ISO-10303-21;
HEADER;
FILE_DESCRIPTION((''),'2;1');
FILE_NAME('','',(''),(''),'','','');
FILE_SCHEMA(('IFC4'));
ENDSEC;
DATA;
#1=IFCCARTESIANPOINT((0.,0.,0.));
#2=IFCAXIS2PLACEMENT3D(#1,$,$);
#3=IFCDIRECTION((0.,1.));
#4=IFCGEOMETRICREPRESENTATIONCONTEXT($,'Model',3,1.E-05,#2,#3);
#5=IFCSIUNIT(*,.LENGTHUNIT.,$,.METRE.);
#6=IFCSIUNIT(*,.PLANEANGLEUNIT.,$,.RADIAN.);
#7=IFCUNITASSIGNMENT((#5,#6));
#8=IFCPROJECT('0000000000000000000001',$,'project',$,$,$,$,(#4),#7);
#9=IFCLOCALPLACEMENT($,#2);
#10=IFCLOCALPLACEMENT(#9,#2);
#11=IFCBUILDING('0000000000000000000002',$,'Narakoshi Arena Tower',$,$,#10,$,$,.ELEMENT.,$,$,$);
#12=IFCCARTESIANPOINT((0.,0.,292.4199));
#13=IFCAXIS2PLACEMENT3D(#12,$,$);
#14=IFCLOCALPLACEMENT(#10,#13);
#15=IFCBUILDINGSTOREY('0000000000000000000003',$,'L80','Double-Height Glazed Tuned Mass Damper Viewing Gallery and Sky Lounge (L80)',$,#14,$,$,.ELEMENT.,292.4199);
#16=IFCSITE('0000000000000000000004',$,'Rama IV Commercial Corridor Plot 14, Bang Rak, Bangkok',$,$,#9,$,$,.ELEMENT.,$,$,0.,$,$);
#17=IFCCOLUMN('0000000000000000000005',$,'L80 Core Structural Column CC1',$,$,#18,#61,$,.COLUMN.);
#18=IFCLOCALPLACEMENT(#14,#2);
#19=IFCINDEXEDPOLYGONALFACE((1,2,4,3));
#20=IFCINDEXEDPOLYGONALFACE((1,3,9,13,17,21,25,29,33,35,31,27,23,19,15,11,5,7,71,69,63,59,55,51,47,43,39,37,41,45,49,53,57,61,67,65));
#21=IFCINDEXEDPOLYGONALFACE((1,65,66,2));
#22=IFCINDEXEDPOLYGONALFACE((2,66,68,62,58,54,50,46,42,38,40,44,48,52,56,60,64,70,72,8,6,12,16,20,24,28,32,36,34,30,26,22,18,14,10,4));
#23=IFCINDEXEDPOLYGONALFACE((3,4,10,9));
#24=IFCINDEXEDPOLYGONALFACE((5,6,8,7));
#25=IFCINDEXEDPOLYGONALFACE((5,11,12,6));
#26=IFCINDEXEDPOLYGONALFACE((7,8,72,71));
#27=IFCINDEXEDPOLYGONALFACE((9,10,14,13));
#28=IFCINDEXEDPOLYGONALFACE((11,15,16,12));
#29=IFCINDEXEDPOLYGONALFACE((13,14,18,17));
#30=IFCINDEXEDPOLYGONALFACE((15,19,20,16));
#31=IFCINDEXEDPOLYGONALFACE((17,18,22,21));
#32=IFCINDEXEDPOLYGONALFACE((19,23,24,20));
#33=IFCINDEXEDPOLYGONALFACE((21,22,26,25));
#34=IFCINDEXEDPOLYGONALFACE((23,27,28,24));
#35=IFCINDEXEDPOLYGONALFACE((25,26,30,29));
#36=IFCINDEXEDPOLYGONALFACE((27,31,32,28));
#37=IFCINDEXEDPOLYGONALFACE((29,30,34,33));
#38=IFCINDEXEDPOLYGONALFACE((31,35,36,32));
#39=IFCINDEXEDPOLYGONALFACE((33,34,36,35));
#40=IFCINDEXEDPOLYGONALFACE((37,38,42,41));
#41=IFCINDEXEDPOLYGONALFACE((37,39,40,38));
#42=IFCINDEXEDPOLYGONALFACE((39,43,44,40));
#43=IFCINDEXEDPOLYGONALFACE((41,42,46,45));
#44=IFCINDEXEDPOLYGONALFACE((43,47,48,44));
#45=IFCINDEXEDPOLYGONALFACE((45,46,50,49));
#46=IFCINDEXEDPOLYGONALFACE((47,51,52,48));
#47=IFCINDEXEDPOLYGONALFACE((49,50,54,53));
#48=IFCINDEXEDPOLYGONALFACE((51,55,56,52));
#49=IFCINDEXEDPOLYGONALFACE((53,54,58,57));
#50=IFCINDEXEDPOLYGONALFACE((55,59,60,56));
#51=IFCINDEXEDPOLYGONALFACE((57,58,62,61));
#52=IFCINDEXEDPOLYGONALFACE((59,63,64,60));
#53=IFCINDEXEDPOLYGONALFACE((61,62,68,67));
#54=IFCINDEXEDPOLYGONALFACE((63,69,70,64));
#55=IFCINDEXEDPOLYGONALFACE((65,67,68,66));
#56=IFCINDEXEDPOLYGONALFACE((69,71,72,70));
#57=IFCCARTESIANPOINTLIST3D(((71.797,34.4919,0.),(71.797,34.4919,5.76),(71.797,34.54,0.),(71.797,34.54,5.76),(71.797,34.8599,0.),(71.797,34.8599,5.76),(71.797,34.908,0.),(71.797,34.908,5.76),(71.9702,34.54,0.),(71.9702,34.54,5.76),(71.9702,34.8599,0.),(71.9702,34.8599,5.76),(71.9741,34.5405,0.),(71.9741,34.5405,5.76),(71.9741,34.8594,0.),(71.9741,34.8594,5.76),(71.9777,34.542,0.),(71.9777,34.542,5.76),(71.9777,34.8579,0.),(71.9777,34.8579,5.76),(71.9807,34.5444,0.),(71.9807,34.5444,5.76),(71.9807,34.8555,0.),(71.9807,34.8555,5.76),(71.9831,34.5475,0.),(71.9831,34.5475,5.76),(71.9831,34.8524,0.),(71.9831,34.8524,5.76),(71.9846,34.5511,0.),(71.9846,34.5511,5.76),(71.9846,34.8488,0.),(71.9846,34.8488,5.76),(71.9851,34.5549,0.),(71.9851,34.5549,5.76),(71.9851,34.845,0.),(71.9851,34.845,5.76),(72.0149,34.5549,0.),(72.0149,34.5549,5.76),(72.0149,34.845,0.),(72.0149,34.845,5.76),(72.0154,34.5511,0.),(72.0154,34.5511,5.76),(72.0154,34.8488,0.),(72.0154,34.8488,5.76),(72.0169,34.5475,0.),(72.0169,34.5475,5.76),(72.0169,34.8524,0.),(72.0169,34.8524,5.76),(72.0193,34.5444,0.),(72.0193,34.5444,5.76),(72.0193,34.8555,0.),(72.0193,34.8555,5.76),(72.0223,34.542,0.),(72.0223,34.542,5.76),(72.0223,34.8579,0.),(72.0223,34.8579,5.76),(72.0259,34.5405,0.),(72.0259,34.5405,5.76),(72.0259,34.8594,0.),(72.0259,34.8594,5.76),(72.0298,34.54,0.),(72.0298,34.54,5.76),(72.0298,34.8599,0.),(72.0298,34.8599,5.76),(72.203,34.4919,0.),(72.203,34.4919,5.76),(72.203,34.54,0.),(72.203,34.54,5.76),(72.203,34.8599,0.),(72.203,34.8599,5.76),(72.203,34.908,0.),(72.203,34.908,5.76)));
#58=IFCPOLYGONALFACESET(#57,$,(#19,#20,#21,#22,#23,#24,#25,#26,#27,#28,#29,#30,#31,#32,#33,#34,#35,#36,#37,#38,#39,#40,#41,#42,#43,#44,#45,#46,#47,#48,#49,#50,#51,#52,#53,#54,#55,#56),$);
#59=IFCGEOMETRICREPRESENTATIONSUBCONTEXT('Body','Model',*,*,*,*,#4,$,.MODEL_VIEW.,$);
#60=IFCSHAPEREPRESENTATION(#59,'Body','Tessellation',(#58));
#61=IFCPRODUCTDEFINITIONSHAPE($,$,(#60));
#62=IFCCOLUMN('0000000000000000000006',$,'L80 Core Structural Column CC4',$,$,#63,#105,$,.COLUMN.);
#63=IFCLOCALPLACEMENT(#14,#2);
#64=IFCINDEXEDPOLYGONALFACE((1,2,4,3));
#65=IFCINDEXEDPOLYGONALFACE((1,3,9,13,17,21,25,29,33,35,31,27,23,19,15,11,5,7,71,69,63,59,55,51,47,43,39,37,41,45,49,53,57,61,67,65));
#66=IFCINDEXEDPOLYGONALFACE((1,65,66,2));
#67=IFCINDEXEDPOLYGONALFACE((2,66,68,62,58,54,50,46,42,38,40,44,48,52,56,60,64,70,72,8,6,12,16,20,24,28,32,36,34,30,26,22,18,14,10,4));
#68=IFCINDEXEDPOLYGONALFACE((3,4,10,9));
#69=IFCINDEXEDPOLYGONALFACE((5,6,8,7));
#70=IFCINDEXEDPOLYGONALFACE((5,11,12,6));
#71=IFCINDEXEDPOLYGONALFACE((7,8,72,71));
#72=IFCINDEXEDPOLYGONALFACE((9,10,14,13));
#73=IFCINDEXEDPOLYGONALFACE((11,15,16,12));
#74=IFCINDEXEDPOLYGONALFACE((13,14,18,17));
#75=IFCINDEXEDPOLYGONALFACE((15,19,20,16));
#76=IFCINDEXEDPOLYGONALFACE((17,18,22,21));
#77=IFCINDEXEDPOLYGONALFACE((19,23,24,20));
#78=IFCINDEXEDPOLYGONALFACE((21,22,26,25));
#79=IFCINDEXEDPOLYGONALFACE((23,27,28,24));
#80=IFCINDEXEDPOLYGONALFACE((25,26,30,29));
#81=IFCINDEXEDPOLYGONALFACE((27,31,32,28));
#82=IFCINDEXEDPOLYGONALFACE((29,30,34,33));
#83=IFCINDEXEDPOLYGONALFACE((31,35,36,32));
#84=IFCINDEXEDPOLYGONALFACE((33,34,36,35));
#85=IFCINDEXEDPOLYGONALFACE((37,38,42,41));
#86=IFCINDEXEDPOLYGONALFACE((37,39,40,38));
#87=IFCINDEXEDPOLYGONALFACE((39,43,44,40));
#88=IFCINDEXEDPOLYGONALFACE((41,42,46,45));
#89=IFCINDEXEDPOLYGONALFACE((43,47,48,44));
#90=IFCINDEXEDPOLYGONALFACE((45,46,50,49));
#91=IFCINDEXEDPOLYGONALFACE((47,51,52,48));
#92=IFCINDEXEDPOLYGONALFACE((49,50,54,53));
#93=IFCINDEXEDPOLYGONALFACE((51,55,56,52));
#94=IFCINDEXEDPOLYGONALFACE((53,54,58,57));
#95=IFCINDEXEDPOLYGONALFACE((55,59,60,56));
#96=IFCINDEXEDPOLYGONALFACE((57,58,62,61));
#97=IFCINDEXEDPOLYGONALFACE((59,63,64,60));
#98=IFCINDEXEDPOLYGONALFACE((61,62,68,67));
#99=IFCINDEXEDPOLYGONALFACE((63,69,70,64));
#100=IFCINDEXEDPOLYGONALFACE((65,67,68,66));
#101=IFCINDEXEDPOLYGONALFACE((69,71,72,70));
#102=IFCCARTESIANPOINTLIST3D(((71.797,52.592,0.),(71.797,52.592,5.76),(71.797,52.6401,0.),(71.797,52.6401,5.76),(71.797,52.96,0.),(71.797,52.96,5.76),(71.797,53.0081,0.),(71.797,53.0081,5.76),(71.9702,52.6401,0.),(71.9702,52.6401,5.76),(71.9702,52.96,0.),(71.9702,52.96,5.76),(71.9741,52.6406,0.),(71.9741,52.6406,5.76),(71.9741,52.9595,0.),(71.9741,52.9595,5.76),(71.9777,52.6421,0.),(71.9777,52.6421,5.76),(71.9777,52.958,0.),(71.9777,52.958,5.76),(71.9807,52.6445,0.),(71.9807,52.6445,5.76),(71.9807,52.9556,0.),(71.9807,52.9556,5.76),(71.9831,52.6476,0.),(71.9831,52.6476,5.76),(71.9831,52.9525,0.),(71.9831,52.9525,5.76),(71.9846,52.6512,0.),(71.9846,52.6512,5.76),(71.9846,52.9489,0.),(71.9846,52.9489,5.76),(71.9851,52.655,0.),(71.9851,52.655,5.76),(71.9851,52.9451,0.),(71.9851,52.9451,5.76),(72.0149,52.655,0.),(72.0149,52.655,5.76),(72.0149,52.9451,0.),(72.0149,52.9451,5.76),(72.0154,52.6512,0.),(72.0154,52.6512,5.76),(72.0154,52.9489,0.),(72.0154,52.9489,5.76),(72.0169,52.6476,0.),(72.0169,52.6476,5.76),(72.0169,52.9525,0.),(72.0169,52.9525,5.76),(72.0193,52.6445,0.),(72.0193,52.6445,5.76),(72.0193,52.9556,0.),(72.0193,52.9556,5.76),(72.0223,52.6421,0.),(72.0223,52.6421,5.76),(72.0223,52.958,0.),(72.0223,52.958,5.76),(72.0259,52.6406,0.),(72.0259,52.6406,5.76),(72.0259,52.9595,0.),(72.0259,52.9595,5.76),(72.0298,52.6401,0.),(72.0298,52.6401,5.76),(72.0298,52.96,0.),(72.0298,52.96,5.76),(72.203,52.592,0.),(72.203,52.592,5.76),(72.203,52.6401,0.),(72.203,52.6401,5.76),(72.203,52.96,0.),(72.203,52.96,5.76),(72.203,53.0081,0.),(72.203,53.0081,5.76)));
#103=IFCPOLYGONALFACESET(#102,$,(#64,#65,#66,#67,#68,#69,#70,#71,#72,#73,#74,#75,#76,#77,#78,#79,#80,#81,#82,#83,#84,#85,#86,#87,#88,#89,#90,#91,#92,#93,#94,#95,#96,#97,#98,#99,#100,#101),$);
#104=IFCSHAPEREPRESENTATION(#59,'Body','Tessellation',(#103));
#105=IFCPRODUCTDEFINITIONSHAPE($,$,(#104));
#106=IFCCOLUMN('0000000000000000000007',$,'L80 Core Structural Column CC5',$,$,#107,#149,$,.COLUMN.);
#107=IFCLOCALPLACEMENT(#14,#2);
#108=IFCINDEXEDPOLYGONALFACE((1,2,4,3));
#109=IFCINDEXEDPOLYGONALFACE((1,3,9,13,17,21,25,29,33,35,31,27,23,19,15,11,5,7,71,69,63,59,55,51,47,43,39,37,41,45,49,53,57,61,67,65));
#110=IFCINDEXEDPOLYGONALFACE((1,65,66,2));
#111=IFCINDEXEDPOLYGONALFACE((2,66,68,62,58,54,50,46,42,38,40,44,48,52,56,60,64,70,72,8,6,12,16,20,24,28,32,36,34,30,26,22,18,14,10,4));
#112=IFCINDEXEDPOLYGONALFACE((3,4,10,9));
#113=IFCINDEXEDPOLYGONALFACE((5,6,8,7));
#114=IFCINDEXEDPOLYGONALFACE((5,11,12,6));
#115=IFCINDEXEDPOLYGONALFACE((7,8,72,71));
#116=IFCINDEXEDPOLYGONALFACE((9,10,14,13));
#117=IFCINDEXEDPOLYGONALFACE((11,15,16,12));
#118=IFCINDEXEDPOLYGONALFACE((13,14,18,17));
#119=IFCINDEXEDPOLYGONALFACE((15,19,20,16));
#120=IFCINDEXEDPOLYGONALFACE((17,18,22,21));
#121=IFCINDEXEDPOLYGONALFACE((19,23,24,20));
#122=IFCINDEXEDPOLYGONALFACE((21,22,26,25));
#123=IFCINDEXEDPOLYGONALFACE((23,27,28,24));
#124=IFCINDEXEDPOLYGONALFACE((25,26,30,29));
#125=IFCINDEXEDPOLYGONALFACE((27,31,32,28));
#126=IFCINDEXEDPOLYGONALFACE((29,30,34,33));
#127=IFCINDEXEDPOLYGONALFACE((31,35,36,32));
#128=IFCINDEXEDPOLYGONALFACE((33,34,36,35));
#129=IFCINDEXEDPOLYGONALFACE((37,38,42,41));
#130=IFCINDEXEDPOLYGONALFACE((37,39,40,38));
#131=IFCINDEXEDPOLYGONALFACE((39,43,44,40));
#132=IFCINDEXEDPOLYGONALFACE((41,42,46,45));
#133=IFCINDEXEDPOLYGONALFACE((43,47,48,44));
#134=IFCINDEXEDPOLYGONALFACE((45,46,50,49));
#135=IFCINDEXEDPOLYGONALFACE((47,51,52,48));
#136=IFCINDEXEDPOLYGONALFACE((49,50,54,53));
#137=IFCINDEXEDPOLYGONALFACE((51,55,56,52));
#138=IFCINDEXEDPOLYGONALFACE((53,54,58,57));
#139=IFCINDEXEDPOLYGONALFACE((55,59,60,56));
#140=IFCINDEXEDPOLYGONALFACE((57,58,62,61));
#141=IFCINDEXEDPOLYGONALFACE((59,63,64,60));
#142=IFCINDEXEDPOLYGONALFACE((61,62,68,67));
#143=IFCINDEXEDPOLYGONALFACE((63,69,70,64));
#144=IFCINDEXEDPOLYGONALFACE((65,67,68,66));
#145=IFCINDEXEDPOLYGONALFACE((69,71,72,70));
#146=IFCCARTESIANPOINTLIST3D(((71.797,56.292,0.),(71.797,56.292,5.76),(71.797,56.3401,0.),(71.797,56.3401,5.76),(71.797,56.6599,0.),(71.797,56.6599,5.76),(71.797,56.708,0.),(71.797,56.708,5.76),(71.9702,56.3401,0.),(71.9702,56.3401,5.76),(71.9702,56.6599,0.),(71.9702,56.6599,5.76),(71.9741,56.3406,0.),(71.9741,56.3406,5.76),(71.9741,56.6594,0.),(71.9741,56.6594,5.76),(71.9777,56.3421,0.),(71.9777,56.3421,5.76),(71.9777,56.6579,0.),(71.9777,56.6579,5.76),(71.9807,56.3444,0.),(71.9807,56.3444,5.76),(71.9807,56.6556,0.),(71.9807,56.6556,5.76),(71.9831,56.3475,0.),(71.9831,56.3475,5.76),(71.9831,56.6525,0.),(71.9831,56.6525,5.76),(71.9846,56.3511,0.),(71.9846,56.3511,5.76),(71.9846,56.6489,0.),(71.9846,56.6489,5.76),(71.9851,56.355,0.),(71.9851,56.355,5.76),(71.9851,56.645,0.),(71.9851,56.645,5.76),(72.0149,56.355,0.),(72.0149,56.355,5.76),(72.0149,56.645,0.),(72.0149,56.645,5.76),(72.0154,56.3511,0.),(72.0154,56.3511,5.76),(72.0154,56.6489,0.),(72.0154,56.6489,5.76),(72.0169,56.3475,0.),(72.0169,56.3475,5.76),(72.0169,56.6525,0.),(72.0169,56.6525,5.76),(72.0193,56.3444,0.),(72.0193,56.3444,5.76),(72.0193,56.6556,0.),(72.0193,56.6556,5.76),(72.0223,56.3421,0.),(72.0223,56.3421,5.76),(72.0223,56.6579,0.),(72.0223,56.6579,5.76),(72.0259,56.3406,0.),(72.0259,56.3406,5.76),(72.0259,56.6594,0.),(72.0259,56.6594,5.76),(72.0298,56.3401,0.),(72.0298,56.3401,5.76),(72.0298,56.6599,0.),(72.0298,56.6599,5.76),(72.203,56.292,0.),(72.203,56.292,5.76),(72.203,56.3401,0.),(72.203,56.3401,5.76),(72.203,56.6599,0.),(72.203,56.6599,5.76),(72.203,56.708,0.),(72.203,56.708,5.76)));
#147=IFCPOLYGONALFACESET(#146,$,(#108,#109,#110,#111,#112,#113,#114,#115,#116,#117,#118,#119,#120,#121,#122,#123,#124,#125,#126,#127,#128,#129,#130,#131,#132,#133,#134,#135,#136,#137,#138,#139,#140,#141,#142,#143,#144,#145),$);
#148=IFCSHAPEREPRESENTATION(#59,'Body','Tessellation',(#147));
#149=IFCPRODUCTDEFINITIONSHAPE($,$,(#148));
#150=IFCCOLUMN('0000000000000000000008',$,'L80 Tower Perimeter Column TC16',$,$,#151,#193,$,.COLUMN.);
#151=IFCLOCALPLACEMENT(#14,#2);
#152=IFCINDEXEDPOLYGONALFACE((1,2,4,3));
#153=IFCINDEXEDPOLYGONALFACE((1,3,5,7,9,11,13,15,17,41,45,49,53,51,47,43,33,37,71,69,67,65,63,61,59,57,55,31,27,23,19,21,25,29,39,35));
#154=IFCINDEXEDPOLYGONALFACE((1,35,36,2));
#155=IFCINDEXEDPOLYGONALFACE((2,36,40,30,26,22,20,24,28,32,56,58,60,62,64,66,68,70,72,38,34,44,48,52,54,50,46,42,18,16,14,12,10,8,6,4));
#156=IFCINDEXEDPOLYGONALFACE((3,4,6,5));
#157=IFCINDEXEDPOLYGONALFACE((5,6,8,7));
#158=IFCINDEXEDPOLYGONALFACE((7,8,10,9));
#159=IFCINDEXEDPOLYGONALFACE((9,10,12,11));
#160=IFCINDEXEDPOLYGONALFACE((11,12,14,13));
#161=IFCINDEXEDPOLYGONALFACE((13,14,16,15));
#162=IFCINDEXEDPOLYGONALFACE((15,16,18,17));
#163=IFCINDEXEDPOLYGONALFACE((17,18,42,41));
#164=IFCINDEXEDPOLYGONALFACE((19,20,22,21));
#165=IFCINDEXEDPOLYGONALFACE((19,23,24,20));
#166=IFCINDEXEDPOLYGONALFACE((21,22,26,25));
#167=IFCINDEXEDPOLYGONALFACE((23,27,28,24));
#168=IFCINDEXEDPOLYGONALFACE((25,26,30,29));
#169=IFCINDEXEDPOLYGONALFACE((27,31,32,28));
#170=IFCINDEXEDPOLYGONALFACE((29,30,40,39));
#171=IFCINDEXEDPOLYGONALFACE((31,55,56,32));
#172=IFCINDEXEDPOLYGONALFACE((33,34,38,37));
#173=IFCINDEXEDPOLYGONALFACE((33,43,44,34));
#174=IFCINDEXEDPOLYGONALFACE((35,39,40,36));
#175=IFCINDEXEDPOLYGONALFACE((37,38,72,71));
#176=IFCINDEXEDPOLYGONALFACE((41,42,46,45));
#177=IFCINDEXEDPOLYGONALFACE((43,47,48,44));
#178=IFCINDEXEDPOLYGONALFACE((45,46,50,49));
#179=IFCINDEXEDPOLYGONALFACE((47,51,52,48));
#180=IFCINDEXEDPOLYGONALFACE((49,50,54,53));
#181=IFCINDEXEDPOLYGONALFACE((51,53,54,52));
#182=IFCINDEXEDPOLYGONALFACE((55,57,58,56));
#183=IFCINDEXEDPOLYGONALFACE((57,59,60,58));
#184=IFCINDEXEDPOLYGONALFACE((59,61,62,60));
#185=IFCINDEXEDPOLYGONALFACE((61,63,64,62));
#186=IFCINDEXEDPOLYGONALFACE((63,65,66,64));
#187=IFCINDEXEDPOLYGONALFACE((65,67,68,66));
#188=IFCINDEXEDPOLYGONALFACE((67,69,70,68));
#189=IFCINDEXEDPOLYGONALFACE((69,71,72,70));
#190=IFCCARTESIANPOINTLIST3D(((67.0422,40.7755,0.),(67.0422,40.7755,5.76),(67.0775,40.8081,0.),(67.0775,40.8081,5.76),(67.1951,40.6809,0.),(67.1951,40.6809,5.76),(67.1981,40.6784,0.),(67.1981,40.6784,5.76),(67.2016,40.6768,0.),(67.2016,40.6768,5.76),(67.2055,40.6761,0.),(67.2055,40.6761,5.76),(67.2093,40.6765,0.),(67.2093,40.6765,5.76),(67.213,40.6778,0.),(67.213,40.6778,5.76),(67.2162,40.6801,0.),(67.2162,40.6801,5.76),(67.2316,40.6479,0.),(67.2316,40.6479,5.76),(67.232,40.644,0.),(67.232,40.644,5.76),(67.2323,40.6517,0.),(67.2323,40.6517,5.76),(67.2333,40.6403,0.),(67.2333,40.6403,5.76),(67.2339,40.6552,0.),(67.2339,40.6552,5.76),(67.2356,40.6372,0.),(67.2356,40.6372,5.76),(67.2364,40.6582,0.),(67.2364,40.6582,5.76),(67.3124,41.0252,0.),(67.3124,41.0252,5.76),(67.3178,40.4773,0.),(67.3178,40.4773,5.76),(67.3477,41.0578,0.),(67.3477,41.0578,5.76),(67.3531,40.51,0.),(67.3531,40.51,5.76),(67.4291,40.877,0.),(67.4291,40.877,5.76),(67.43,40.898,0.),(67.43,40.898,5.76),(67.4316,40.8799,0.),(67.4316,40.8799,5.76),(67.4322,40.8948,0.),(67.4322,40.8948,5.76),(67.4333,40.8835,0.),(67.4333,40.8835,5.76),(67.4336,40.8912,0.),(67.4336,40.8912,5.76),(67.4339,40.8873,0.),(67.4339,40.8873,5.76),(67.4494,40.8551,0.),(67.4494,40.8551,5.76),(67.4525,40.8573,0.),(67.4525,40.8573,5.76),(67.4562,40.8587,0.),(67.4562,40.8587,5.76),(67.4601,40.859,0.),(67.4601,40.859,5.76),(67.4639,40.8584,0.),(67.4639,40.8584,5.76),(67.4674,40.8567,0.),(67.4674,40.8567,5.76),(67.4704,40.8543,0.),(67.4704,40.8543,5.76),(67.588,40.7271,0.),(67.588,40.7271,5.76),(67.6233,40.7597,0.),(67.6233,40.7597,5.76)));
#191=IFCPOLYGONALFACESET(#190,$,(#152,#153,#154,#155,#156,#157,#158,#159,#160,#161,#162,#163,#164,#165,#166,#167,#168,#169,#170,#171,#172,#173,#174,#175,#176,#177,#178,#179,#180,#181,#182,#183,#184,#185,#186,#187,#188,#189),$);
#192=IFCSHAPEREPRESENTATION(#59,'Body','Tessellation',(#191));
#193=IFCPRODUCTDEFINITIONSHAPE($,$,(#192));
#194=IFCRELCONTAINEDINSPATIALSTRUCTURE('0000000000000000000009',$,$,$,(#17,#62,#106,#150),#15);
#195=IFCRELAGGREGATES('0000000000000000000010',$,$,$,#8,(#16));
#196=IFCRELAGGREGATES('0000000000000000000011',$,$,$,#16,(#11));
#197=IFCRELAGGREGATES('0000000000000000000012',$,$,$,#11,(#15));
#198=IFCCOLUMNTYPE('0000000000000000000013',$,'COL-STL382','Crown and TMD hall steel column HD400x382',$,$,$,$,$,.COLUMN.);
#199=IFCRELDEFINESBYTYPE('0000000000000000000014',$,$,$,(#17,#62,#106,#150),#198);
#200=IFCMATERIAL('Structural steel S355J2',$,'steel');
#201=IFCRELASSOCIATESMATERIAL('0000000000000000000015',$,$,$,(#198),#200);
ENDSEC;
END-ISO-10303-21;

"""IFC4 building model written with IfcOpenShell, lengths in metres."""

from ifc_helpers import new_model, si_unit, direction, frame, origin, origin_2d, place, context, subcontext, project, spatial, i_section, extrude, material, material_profile, profile_set, type_object, element, save


model = new_model("IFC4")

# Units and contexts
model_context = context("Model", 3, precision=1e-05, world=origin(), true_north=direction((0.0, 1.0)))
body_context = subcontext(model_context, "Body", "Model", "MODEL_VIEW")
ifc_project = project(units=[si_unit("LENGTHUNIT", "METRE"), si_unit("PLANEANGLEUNIT", "RADIAN")], contexts=[model_context])

# Site, building, storey
site_placement = place(None, origin())
site = spatial("IfcSite", under=ifc_project, at=site_placement, Name="Rama IV Commercial Corridor Plot 14, Bang Rak, Bangkok", CompositionType="ELEMENT", RefElevation=0.0)
building_placement = place(site_placement, origin())
building = spatial("IfcBuilding", under=site, at=building_placement, Name="Narakoshi Arena Tower", CompositionType="ELEMENT")
storey_placement = place(building_placement, frame((0.0, 0.0, 292.4199)))
storey = spatial("IfcBuildingStorey", under=building, at=storey_placement, Name="L80", Description="Double-Height Glazed Tuned Mass Damper Viewing Gallery and Sky Lounge (L80)", CompositionType="ELEMENT", Elevation=292.4199)

# Columns
ifc_material_1 = material(Name="Structural steel S355J2", Category="steel")
ifc_material_profile_1 = material_profile(ifc_material_1, i_section(OverallWidth=0.406, OverallDepth=0.416, WebThickness=0.0298, FlangeThickness=0.0481, FilletRadius=0.0149, at=origin_2d()), Name="HD400x382")
ifc_profile_set_1 = profile_set([ifc_material_profile_1], Name="Structural steel S355J2")
column_type = type_object("IfcColumnType", Name="COL-STL382", Description="Crown and TMD hall steel column HD400x382", PredefinedType="COLUMN", material=ifc_profile_set_1)
for number, where, z_axis, x_axis, name in (
    (1, (72.0, 34.7, 0.0), (0.0, 0.0, 1.0), (1.0, 0.0, 0.0), "L80 Core Structural Column CC1"),
    (2, (72.0, 52.8, 0.0), (0.0, 0.0, 1.0), (1.0, 0.0, 0.0), "L80 Core Structural Column CC4"),
    (3, (72.0, 56.5, 0.0), (0.0, 0.0, 1.0), (1.0, 0.0, 0.0), "L80 Core Structural Column CC5"),
    (4, (67.3328, 40.7676, 0.0), (0.0, 0.0, 1.0), (-0.678801, 0.734323, 0.0), "L80 Tower Perimeter Column TC16"),
):
    element("IfcColumn", number, at=place(storey_placement, frame(where, z_axis=z_axis, x_axis=x_axis)), inside=storey, type_object=column_type, Name=name, PredefinedType="COLUMN", context=body_context, shape_type="SweptSolid", body=[
        extrude(i_section(OverallWidth=0.406, OverallDepth=0.416, WebThickness=0.0298, FlangeThickness=0.0481, FilletRadius=0.0149, at=origin_2d()), origin(), (0.0, 0.0, 1.0), 5.76),
    ])

save(model, "model.ifc")
